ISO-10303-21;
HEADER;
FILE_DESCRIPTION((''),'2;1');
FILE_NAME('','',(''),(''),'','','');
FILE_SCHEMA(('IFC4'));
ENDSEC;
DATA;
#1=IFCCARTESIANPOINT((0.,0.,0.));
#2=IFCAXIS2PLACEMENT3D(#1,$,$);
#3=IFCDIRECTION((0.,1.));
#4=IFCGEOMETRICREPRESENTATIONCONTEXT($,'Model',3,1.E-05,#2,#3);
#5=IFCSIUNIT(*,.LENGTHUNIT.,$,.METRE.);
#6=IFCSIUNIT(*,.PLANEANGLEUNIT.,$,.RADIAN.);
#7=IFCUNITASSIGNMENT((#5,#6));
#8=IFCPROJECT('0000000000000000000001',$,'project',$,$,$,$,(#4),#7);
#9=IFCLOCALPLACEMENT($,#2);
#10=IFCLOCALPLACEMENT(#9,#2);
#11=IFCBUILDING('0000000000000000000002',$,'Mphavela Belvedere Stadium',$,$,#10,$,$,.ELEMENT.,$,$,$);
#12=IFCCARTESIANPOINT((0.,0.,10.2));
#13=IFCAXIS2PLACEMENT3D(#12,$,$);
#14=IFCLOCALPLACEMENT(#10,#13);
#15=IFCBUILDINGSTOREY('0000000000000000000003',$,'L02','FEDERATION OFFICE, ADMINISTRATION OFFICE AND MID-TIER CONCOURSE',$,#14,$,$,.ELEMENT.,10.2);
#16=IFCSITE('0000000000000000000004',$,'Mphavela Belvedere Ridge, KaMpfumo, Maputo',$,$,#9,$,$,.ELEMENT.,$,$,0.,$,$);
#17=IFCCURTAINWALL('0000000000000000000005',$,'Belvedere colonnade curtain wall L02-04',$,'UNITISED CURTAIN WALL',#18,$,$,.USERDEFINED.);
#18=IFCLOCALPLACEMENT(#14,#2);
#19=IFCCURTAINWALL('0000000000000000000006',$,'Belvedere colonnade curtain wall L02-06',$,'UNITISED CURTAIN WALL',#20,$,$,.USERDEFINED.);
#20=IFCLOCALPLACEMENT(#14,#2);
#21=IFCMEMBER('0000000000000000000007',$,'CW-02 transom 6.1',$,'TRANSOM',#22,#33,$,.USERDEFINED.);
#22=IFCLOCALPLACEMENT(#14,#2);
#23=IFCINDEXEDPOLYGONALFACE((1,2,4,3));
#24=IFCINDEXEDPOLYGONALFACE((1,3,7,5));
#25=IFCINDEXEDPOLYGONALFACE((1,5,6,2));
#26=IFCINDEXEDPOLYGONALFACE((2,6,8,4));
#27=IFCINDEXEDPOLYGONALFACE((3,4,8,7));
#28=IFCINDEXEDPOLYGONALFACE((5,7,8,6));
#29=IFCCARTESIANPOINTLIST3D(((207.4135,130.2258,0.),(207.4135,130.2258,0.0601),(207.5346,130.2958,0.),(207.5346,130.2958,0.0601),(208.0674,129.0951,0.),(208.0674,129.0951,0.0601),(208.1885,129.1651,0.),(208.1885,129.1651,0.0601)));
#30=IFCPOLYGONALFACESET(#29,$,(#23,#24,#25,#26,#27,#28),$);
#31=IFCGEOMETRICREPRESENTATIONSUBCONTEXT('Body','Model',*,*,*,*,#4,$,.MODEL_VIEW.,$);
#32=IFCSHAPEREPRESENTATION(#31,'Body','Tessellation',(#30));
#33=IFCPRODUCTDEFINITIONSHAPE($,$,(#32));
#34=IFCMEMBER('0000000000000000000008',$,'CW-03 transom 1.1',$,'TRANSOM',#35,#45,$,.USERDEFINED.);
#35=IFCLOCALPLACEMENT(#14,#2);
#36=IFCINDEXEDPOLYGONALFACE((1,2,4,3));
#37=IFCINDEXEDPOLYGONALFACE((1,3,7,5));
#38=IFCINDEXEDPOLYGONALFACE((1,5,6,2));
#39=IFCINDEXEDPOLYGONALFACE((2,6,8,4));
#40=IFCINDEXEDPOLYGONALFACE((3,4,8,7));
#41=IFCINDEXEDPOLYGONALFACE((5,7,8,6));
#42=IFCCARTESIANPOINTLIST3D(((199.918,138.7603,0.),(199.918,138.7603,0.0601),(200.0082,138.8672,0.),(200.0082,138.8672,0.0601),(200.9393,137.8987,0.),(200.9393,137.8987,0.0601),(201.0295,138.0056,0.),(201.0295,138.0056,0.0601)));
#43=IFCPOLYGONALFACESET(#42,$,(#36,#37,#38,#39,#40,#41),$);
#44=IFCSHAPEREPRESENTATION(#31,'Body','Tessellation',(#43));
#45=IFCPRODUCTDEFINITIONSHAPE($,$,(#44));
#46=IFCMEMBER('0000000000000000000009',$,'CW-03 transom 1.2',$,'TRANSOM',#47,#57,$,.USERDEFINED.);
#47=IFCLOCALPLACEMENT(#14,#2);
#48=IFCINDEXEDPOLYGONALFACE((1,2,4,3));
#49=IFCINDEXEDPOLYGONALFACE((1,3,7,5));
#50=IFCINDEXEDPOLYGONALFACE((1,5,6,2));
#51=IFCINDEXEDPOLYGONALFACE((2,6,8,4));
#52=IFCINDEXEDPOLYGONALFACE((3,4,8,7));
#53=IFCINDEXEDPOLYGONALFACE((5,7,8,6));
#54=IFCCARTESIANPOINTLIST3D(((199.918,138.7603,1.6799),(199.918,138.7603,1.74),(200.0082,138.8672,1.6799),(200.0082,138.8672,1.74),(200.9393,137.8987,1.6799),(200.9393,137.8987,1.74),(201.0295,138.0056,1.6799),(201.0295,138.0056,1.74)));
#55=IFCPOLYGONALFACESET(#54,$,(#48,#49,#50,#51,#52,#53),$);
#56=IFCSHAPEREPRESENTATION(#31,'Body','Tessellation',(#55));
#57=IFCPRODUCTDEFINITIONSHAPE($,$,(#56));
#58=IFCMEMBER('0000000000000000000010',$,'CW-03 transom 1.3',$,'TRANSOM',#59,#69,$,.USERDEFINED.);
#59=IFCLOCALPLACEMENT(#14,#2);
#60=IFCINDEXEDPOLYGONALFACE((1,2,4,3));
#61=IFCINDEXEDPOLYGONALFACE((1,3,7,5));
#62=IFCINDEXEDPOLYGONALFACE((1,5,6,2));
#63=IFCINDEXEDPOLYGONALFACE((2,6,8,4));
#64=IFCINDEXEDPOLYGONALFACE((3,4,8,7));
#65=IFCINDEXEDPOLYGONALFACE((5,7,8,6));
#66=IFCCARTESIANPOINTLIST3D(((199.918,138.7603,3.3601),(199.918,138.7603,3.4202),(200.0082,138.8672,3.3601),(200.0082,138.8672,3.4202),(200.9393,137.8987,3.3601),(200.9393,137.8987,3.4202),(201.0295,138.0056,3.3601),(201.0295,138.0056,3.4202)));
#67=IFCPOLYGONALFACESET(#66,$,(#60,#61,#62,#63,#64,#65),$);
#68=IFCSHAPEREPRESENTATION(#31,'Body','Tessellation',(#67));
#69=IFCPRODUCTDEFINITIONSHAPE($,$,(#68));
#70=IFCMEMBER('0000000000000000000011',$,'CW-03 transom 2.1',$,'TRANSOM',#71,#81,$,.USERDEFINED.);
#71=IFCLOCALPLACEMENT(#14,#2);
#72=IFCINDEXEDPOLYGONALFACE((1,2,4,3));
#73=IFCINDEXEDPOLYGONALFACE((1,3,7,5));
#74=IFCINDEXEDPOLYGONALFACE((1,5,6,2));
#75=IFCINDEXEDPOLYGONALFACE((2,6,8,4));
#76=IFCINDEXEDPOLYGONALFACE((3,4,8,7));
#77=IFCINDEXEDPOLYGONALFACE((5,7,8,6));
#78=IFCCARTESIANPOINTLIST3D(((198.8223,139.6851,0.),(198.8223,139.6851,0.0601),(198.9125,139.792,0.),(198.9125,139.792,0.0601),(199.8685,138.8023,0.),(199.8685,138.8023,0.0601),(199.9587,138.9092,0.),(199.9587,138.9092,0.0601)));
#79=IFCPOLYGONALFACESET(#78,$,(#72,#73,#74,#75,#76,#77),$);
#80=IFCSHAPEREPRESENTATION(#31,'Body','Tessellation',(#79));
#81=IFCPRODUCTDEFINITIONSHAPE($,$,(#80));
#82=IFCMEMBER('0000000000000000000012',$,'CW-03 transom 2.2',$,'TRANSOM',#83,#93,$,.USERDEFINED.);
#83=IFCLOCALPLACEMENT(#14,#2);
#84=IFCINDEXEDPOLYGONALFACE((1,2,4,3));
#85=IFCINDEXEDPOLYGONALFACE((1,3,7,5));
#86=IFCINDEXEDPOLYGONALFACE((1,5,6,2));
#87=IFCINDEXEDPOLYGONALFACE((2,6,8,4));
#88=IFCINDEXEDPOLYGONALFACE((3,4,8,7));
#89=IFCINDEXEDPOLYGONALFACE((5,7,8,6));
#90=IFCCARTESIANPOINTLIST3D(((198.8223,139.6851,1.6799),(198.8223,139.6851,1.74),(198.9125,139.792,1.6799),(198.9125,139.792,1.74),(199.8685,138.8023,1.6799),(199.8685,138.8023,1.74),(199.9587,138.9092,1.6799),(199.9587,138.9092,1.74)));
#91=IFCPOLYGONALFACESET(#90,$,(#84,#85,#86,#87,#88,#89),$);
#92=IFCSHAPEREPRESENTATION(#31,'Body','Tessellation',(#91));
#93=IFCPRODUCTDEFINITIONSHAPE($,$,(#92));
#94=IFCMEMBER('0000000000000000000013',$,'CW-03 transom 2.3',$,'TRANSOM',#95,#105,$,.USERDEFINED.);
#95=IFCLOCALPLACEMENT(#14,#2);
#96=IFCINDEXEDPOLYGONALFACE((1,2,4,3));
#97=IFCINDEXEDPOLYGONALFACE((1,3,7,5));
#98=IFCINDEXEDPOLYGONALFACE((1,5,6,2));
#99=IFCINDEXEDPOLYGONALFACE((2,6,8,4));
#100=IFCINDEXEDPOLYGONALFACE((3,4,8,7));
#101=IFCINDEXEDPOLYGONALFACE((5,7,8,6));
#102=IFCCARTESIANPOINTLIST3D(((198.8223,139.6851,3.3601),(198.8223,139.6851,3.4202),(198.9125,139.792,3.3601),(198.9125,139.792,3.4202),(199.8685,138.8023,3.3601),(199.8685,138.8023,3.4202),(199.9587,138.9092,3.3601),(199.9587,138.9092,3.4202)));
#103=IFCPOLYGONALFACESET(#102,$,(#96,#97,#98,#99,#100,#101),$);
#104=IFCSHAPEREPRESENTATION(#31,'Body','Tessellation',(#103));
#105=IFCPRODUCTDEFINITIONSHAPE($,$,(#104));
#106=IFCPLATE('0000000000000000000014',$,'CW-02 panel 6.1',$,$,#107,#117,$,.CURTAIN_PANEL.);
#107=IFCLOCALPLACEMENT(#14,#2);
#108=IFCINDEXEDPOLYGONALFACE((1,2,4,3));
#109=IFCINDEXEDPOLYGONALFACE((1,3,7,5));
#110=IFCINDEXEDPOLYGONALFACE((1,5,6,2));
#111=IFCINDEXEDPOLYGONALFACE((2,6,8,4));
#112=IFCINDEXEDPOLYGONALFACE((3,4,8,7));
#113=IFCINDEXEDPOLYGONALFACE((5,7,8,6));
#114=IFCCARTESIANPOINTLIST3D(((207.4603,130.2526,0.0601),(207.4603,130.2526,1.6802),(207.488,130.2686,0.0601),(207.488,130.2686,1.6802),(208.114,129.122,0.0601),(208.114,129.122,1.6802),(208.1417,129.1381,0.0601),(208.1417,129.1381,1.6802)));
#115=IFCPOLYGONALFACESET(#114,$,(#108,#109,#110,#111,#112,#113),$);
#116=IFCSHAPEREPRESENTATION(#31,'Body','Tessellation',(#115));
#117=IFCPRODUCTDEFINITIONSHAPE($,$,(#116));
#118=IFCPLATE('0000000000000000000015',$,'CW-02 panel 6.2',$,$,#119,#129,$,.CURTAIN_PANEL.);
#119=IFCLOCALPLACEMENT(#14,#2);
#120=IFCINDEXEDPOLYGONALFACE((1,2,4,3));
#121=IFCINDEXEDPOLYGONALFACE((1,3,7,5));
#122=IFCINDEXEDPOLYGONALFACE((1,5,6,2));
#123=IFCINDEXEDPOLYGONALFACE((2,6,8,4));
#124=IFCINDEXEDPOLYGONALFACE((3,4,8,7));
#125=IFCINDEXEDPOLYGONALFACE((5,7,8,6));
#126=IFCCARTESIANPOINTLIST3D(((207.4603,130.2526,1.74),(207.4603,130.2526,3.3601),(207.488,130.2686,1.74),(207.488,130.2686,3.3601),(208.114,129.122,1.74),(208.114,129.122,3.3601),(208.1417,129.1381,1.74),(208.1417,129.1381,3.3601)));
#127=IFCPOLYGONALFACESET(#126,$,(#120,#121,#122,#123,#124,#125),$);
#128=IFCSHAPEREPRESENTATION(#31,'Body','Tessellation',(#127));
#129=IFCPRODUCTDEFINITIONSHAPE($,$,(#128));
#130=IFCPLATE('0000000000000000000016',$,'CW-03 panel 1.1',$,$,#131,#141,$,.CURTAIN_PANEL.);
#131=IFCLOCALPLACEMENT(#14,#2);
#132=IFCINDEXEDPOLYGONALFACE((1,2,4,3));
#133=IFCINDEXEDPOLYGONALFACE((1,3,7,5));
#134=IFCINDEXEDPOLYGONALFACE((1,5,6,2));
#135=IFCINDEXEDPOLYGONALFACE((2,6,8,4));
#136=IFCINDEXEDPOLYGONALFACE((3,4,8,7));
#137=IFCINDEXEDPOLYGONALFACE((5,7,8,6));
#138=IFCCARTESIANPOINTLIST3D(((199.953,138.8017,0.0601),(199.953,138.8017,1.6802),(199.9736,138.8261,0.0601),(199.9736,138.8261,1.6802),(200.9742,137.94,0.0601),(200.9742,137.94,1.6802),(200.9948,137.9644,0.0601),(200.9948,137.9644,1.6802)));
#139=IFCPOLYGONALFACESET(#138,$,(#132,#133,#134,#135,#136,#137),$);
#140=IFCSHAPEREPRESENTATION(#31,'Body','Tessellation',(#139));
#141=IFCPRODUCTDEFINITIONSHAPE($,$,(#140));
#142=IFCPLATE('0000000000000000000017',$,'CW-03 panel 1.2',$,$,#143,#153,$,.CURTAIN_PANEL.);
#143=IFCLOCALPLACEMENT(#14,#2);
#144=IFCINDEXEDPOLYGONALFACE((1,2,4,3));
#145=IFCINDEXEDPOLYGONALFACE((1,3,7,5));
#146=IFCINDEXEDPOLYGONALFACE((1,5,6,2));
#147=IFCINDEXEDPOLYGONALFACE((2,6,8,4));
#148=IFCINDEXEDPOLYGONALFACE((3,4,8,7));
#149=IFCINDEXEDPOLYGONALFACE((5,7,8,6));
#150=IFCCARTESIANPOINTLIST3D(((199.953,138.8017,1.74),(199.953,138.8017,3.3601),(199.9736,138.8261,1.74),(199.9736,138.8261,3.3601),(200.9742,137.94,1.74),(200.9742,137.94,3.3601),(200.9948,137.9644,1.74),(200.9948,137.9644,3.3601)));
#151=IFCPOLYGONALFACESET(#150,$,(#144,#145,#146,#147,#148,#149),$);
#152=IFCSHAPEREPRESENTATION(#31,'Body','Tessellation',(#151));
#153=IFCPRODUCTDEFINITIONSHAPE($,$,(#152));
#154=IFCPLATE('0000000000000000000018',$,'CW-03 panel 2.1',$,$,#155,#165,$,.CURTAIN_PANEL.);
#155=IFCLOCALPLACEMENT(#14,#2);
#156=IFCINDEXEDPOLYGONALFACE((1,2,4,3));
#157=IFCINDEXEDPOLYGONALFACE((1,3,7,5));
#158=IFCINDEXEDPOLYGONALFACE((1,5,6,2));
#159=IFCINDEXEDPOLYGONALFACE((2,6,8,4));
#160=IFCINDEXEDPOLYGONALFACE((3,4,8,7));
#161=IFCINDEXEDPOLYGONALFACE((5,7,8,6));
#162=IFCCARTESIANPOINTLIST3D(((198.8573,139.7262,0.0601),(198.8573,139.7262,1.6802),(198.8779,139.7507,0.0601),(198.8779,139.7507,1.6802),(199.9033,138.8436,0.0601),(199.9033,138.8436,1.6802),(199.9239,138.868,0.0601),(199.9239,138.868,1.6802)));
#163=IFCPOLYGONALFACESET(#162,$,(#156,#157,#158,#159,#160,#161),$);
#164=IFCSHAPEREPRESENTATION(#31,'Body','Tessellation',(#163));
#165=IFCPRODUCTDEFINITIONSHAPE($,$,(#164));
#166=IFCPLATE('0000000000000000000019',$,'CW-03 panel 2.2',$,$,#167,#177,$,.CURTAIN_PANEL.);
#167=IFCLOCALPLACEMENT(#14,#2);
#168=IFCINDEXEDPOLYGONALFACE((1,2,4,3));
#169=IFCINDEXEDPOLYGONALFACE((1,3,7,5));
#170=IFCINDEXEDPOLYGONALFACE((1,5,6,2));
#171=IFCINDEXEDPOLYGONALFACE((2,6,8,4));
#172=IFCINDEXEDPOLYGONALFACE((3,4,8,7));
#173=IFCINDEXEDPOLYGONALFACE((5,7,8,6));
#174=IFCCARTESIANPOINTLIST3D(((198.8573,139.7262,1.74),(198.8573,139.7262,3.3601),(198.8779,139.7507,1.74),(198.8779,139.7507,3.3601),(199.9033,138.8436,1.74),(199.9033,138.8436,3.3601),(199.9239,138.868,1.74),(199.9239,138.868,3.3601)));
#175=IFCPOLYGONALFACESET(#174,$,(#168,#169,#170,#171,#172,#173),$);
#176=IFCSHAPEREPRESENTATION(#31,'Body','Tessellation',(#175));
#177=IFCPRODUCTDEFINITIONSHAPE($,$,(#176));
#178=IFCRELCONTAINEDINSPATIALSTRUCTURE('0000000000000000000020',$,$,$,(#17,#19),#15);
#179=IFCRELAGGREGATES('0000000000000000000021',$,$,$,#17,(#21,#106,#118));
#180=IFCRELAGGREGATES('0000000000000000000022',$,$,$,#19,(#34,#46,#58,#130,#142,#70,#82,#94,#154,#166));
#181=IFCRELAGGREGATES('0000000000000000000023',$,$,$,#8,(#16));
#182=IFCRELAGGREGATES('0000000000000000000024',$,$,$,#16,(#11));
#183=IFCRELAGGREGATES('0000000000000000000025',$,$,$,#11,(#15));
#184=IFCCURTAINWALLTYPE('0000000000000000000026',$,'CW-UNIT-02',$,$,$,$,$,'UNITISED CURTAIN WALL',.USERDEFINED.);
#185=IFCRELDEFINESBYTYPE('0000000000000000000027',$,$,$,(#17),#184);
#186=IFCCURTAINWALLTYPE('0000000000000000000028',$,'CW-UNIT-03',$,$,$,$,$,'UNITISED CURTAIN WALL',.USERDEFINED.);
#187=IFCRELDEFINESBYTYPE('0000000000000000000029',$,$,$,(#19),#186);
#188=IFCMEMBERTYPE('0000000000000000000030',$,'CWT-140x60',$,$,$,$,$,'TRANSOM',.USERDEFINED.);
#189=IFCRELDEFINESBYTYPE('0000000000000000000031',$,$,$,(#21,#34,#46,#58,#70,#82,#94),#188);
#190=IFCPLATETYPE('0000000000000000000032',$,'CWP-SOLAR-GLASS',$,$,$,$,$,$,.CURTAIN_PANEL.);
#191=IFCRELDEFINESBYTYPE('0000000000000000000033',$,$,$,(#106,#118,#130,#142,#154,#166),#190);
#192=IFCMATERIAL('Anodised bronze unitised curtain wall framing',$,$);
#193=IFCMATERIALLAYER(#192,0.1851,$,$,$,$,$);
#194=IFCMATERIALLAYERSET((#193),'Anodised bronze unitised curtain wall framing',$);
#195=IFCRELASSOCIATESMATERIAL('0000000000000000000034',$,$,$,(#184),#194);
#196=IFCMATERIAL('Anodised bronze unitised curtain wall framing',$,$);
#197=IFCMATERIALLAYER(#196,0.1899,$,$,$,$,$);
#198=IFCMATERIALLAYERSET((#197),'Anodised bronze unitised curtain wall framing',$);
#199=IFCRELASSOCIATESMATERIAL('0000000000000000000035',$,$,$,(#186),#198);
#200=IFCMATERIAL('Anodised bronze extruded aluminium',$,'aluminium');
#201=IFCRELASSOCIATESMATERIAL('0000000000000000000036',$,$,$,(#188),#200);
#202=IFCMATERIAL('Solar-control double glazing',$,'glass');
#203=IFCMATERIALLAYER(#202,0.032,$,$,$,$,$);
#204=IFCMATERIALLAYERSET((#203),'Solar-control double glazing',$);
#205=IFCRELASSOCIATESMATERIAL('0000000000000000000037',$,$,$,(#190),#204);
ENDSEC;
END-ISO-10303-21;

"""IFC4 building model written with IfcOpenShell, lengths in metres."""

from ifc_helpers import new_model, si_unit, direction, frame, origin, origin_2d, place, context, subcontext, project, spatial, rectangle, extrude, material, layer, layer_set, material_profile, profile_set, type_object, element, aggregate, save


model = new_model("IFC4")

# Units and contexts
model_context = context("Model", 3, precision=1e-05, world=origin(), true_north=direction((0.0, 1.0)))
body_context = subcontext(model_context, "Body", "Model", "MODEL_VIEW")
ifc_project = project(units=[si_unit("LENGTHUNIT", "METRE"), si_unit("PLANEANGLEUNIT", "RADIAN")], contexts=[model_context])

# Site, building, storey
site_placement = place(None, origin())
site = spatial("IfcSite", under=ifc_project, at=site_placement, Name="Mphavela Belvedere Ridge, KaMpfumo, Maputo", CompositionType="ELEMENT", RefElevation=0.0)
building_placement = place(site_placement, origin())
building = spatial("IfcBuilding", under=site, at=building_placement, Name="Mphavela Belvedere Stadium", CompositionType="ELEMENT")
storey_placement = place(building_placement, frame((0.0, 0.0, 10.2)))
storey = spatial("IfcBuildingStorey", under=building, at=storey_placement, Name="L02", Description="FEDERATION OFFICE, ADMINISTRATION OFFICE AND MID-TIER CONCOURSE", CompositionType="ELEMENT", Elevation=10.2)

# Curtain wall
ifc_material_1 = material(Name="Anodised bronze unitised curtain wall framing")
ifc_layer_1 = layer(ifc_material_1, 0.1851)
ifc_layer_set_1 = layer_set([ifc_layer_1], Name="Anodised bronze unitised curtain wall framing")
curtain_wall_type_1 = type_object("IfcCurtainWallType", Name="CW-UNIT-02", ElementType="UNITISED CURTAIN WALL", PredefinedType="USERDEFINED", material=ifc_layer_set_1)
curtain_wall_1_placement = place(storey_placement, origin())
curtain_wall_1 = element("IfcCurtainWall", 1, at=curtain_wall_1_placement, inside=storey, type_object=curtain_wall_type_1, Name="Belvedere colonnade curtain wall L02-04", ObjectType="UNITISED CURTAIN WALL", PredefinedType="USERDEFINED")

# Curtain wall
ifc_material_2 = material(Name="Anodised bronze unitised curtain wall framing")
ifc_layer_2 = layer(ifc_material_2, 0.1899)
ifc_layer_set_2 = layer_set([ifc_layer_2], Name="Anodised bronze unitised curtain wall framing")
curtain_wall_type_2 = type_object("IfcCurtainWallType", Name="CW-UNIT-03", ElementType="UNITISED CURTAIN WALL", PredefinedType="USERDEFINED", material=ifc_layer_set_2)
curtain_wall_2_placement = place(storey_placement, origin())
curtain_wall_2 = element("IfcCurtainWall", 2, at=curtain_wall_2_placement, inside=storey, type_object=curtain_wall_type_2, Name="Belvedere colonnade curtain wall L02-06", ObjectType="UNITISED CURTAIN WALL", PredefinedType="USERDEFINED")

# Members
ifc_material_3 = material(Name="Anodised bronze extruded aluminium", Category="aluminium")
ifc_material_profile_1 = material_profile(ifc_material_3, rectangle(XDim=0.1399, YDim=0.0601, at=origin_2d()), Name="CW-TRN 140x60")
ifc_profile_set_1 = profile_set([ifc_material_profile_1], Name="Anodised bronze extruded aluminium")
member_type_1 = type_object("IfcMemberType", Name="CWT-140x60", ElementType="TRANSOM", PredefinedType="USERDEFINED", material=ifc_profile_set_1)
member_1_placement = place(storey_placement, frame((208.1279, 129.1301, 0.03), z_axis=(-0.500601, 0.865678, 0.0), x_axis=(-0.865678, -0.500601, 0.0)))
member_1 = element("IfcMember", 3, at=member_1_placement, type_object=member_type_1, Name="CW-02 transom 6.1", ObjectType="TRANSOM", PredefinedType="USERDEFINED", context=body_context, shape_type="SweptSolid", body=[
    extrude(rectangle(XDim=0.1399, YDim=0.0601, at=origin_2d()), origin(), (0.0, 0.0, 1.0), 1.3062),
])
member_2_placement = place(storey_placement, frame((200.9844, 137.9521, 0.03), z_axis=(-0.764328, 0.644828, 0.0), x_axis=(-0.644828, -0.764328, 0.0)))
member_2 = element("IfcMember", 4, at=member_2_placement, type_object=member_type_1, Name="CW-03 transom 1.1", ObjectType="TRANSOM", PredefinedType="USERDEFINED", context=body_context, shape_type="SweptSolid", body=[
    extrude(rectangle(XDim=0.1399, YDim=0.0601, at=origin_2d()), origin(), (0.0, 0.0, 1.0), 1.3362),
])
member_3_placement = place(storey_placement, frame((200.9844, 137.9521, 1.71), z_axis=(-0.764328, 0.644828, 0.0), x_axis=(-0.644828, -0.764328, 0.0)))
member_3 = element("IfcMember", 5, at=member_3_placement, type_object=member_type_1, Name="CW-03 transom 1.2", ObjectType="TRANSOM", PredefinedType="USERDEFINED", context=body_context, shape_type="SweptSolid", body=[
    extrude(rectangle(XDim=0.1399, YDim=0.0601, at=origin_2d()), origin(), (0.0, 0.0, 1.0), 1.3362),
])
member_4_placement = place(storey_placement, frame((200.9844, 137.9521, 3.3901), z_axis=(-0.764328, 0.644828, 0.0), x_axis=(-0.644828, -0.764328, 0.0)))
member_4 = element("IfcMember", 6, at=member_4_placement, type_object=member_type_1, Name="CW-03 transom 1.3", ObjectType="TRANSOM", PredefinedType="USERDEFINED", context=body_context, shape_type="SweptSolid", body=[
    extrude(rectangle(XDim=0.1399, YDim=0.0601, at=origin_2d()), origin(), (0.0, 0.0, 1.0), 1.3362),
])
member_5_placement = place(storey_placement, frame((199.9136, 138.8557, 0.03), z_axis=(-0.764245, 0.644926, 0.0), x_axis=(-0.644926, -0.764245, 0.0)))
member_5 = element("IfcMember", 7, at=member_5_placement, type_object=member_type_1, Name="CW-03 transom 2.1", ObjectType="TRANSOM", PredefinedType="USERDEFINED", context=body_context, shape_type="SweptSolid", body=[
    extrude(rectangle(XDim=0.1399, YDim=0.0601, at=origin_2d()), origin(), (0.0, 0.0, 1.0), 1.3689),
])
member_6_placement = place(storey_placement, frame((199.9136, 138.8557, 1.71), z_axis=(-0.764245, 0.644926, 0.0), x_axis=(-0.644926, -0.764245, 0.0)))
member_6 = element("IfcMember", 8, at=member_6_placement, type_object=member_type_1, Name="CW-03 transom 2.2", ObjectType="TRANSOM", PredefinedType="USERDEFINED", context=body_context, shape_type="SweptSolid", body=[
    extrude(rectangle(XDim=0.1399, YDim=0.0601, at=origin_2d()), origin(), (0.0, 0.0, 1.0), 1.3689),
])
member_7_placement = place(storey_placement, frame((199.9136, 138.8557, 3.3901), z_axis=(-0.764245, 0.644926, 0.0), x_axis=(-0.644926, -0.764245, 0.0)))
member_7 = element("IfcMember", 9, at=member_7_placement, type_object=member_type_1, Name="CW-03 transom 2.3", ObjectType="TRANSOM", PredefinedType="USERDEFINED", context=body_context, shape_type="SweptSolid", body=[
    extrude(rectangle(XDim=0.1399, YDim=0.0601, at=origin_2d()), origin(), (0.0, 0.0, 1.0), 1.3689),
])

# Plates
ifc_material_4 = material(Name="Solar-control double glazing", Category="glass")
ifc_layer_3 = layer(ifc_material_4, 0.032)
ifc_layer_set_3 = layer_set([ifc_layer_3], Name="Solar-control double glazing")
plate_type = type_object("IfcPlateType", Name="CWP-SOLAR-GLASS", PredefinedType="CURTAIN_PANEL", material=ifc_layer_set_3)
plate_1_placement = place(storey_placement, frame((207.801, 129.6953, 0.0601), z_axis=(0.0, 0.0, 1.0), x_axis=(-0.500562, 0.8657, 0.0)))
plate_1 = element("IfcPlate", 10, at=plate_1_placement, type_object=plate_type, Name="CW-02 panel 6.1", PredefinedType="CURTAIN_PANEL", context=body_context, shape_type="SweptSolid", body=[
    extrude(rectangle(XDim=1.3059, YDim=0.032, at=origin_2d()), origin(), (0.0, 0.0, 1.0), 1.6201),
])
plate_2_placement = place(storey_placement, frame((207.801, 129.6953, 1.74), z_axis=(0.0, 0.0, 1.0), x_axis=(-0.500562, 0.8657, 0.0)))
plate_2 = element("IfcPlate", 11, at=plate_2_placement, type_object=plate_type, Name="CW-02 panel 6.2", PredefinedType="CURTAIN_PANEL", context=body_context, shape_type="SweptSolid", body=[
    extrude(rectangle(XDim=1.3059, YDim=0.032, at=origin_2d()), origin(), (0.0, 0.0, 1.0), 1.6201),
])
aggregate(curtain_wall_1, [member_1, plate_1, plate_2])
plate_3_placement = place(storey_placement, frame((200.4739, 138.3831, 0.0601), z_axis=(0.0, 0.0, 1.0), x_axis=(-0.764261, 0.644907, 0.0)))
plate_3 = element("IfcPlate", 12, at=plate_3_placement, type_object=plate_type, Name="CW-03 panel 1.1", PredefinedType="CURTAIN_PANEL", context=body_context, shape_type="SweptSolid", body=[
    extrude(rectangle(XDim=1.3362, YDim=0.032, at=origin_2d()), origin(), (0.0, 0.0, 1.0), 1.6201),
])
plate_4_placement = place(storey_placement, frame((200.4739, 138.3831, 1.74), z_axis=(0.0, 0.0, 1.0), x_axis=(-0.764261, 0.644907, 0.0)))
plate_4 = element("IfcPlate", 13, at=plate_4_placement, type_object=plate_type, Name="CW-03 panel 1.2", PredefinedType="CURTAIN_PANEL", context=body_context, shape_type="SweptSolid", body=[
    extrude(rectangle(XDim=1.3362, YDim=0.032, at=origin_2d()), origin(), (0.0, 0.0, 1.0), 1.6201),
])
plate_5_placement = place(storey_placement, frame((199.3906, 139.2971, 0.0601), z_axis=(0.0, 0.0, 1.0), x_axis=(-0.764261, 0.644907, 0.0)))
plate_5 = element("IfcPlate", 14, at=plate_5_placement, type_object=plate_type, Name="CW-03 panel 2.1", PredefinedType="CURTAIN_PANEL", context=body_context, shape_type="SweptSolid", body=[
    extrude(rectangle(XDim=1.3687, YDim=0.032, at=origin_2d()), origin(), (0.0, 0.0, 1.0), 1.6201),
])
plate_6_placement = place(storey_placement, frame((199.3906, 139.2971, 1.74), z_axis=(0.0, 0.0, 1.0), x_axis=(-0.764261, 0.644907, 0.0)))
plate_6 = element("IfcPlate", 15, at=plate_6_placement, type_object=plate_type, Name="CW-03 panel 2.2", PredefinedType="CURTAIN_PANEL", context=body_context, shape_type="SweptSolid", body=[
    extrude(rectangle(XDim=1.3687, YDim=0.032, at=origin_2d()), origin(), (0.0, 0.0, 1.0), 1.6201),
])
aggregate(curtain_wall_2, [member_2, member_3, member_4, plate_3, plate_4, member_5, member_6, member_7, plate_5, plate_6])

save(model, "model.ifc")
